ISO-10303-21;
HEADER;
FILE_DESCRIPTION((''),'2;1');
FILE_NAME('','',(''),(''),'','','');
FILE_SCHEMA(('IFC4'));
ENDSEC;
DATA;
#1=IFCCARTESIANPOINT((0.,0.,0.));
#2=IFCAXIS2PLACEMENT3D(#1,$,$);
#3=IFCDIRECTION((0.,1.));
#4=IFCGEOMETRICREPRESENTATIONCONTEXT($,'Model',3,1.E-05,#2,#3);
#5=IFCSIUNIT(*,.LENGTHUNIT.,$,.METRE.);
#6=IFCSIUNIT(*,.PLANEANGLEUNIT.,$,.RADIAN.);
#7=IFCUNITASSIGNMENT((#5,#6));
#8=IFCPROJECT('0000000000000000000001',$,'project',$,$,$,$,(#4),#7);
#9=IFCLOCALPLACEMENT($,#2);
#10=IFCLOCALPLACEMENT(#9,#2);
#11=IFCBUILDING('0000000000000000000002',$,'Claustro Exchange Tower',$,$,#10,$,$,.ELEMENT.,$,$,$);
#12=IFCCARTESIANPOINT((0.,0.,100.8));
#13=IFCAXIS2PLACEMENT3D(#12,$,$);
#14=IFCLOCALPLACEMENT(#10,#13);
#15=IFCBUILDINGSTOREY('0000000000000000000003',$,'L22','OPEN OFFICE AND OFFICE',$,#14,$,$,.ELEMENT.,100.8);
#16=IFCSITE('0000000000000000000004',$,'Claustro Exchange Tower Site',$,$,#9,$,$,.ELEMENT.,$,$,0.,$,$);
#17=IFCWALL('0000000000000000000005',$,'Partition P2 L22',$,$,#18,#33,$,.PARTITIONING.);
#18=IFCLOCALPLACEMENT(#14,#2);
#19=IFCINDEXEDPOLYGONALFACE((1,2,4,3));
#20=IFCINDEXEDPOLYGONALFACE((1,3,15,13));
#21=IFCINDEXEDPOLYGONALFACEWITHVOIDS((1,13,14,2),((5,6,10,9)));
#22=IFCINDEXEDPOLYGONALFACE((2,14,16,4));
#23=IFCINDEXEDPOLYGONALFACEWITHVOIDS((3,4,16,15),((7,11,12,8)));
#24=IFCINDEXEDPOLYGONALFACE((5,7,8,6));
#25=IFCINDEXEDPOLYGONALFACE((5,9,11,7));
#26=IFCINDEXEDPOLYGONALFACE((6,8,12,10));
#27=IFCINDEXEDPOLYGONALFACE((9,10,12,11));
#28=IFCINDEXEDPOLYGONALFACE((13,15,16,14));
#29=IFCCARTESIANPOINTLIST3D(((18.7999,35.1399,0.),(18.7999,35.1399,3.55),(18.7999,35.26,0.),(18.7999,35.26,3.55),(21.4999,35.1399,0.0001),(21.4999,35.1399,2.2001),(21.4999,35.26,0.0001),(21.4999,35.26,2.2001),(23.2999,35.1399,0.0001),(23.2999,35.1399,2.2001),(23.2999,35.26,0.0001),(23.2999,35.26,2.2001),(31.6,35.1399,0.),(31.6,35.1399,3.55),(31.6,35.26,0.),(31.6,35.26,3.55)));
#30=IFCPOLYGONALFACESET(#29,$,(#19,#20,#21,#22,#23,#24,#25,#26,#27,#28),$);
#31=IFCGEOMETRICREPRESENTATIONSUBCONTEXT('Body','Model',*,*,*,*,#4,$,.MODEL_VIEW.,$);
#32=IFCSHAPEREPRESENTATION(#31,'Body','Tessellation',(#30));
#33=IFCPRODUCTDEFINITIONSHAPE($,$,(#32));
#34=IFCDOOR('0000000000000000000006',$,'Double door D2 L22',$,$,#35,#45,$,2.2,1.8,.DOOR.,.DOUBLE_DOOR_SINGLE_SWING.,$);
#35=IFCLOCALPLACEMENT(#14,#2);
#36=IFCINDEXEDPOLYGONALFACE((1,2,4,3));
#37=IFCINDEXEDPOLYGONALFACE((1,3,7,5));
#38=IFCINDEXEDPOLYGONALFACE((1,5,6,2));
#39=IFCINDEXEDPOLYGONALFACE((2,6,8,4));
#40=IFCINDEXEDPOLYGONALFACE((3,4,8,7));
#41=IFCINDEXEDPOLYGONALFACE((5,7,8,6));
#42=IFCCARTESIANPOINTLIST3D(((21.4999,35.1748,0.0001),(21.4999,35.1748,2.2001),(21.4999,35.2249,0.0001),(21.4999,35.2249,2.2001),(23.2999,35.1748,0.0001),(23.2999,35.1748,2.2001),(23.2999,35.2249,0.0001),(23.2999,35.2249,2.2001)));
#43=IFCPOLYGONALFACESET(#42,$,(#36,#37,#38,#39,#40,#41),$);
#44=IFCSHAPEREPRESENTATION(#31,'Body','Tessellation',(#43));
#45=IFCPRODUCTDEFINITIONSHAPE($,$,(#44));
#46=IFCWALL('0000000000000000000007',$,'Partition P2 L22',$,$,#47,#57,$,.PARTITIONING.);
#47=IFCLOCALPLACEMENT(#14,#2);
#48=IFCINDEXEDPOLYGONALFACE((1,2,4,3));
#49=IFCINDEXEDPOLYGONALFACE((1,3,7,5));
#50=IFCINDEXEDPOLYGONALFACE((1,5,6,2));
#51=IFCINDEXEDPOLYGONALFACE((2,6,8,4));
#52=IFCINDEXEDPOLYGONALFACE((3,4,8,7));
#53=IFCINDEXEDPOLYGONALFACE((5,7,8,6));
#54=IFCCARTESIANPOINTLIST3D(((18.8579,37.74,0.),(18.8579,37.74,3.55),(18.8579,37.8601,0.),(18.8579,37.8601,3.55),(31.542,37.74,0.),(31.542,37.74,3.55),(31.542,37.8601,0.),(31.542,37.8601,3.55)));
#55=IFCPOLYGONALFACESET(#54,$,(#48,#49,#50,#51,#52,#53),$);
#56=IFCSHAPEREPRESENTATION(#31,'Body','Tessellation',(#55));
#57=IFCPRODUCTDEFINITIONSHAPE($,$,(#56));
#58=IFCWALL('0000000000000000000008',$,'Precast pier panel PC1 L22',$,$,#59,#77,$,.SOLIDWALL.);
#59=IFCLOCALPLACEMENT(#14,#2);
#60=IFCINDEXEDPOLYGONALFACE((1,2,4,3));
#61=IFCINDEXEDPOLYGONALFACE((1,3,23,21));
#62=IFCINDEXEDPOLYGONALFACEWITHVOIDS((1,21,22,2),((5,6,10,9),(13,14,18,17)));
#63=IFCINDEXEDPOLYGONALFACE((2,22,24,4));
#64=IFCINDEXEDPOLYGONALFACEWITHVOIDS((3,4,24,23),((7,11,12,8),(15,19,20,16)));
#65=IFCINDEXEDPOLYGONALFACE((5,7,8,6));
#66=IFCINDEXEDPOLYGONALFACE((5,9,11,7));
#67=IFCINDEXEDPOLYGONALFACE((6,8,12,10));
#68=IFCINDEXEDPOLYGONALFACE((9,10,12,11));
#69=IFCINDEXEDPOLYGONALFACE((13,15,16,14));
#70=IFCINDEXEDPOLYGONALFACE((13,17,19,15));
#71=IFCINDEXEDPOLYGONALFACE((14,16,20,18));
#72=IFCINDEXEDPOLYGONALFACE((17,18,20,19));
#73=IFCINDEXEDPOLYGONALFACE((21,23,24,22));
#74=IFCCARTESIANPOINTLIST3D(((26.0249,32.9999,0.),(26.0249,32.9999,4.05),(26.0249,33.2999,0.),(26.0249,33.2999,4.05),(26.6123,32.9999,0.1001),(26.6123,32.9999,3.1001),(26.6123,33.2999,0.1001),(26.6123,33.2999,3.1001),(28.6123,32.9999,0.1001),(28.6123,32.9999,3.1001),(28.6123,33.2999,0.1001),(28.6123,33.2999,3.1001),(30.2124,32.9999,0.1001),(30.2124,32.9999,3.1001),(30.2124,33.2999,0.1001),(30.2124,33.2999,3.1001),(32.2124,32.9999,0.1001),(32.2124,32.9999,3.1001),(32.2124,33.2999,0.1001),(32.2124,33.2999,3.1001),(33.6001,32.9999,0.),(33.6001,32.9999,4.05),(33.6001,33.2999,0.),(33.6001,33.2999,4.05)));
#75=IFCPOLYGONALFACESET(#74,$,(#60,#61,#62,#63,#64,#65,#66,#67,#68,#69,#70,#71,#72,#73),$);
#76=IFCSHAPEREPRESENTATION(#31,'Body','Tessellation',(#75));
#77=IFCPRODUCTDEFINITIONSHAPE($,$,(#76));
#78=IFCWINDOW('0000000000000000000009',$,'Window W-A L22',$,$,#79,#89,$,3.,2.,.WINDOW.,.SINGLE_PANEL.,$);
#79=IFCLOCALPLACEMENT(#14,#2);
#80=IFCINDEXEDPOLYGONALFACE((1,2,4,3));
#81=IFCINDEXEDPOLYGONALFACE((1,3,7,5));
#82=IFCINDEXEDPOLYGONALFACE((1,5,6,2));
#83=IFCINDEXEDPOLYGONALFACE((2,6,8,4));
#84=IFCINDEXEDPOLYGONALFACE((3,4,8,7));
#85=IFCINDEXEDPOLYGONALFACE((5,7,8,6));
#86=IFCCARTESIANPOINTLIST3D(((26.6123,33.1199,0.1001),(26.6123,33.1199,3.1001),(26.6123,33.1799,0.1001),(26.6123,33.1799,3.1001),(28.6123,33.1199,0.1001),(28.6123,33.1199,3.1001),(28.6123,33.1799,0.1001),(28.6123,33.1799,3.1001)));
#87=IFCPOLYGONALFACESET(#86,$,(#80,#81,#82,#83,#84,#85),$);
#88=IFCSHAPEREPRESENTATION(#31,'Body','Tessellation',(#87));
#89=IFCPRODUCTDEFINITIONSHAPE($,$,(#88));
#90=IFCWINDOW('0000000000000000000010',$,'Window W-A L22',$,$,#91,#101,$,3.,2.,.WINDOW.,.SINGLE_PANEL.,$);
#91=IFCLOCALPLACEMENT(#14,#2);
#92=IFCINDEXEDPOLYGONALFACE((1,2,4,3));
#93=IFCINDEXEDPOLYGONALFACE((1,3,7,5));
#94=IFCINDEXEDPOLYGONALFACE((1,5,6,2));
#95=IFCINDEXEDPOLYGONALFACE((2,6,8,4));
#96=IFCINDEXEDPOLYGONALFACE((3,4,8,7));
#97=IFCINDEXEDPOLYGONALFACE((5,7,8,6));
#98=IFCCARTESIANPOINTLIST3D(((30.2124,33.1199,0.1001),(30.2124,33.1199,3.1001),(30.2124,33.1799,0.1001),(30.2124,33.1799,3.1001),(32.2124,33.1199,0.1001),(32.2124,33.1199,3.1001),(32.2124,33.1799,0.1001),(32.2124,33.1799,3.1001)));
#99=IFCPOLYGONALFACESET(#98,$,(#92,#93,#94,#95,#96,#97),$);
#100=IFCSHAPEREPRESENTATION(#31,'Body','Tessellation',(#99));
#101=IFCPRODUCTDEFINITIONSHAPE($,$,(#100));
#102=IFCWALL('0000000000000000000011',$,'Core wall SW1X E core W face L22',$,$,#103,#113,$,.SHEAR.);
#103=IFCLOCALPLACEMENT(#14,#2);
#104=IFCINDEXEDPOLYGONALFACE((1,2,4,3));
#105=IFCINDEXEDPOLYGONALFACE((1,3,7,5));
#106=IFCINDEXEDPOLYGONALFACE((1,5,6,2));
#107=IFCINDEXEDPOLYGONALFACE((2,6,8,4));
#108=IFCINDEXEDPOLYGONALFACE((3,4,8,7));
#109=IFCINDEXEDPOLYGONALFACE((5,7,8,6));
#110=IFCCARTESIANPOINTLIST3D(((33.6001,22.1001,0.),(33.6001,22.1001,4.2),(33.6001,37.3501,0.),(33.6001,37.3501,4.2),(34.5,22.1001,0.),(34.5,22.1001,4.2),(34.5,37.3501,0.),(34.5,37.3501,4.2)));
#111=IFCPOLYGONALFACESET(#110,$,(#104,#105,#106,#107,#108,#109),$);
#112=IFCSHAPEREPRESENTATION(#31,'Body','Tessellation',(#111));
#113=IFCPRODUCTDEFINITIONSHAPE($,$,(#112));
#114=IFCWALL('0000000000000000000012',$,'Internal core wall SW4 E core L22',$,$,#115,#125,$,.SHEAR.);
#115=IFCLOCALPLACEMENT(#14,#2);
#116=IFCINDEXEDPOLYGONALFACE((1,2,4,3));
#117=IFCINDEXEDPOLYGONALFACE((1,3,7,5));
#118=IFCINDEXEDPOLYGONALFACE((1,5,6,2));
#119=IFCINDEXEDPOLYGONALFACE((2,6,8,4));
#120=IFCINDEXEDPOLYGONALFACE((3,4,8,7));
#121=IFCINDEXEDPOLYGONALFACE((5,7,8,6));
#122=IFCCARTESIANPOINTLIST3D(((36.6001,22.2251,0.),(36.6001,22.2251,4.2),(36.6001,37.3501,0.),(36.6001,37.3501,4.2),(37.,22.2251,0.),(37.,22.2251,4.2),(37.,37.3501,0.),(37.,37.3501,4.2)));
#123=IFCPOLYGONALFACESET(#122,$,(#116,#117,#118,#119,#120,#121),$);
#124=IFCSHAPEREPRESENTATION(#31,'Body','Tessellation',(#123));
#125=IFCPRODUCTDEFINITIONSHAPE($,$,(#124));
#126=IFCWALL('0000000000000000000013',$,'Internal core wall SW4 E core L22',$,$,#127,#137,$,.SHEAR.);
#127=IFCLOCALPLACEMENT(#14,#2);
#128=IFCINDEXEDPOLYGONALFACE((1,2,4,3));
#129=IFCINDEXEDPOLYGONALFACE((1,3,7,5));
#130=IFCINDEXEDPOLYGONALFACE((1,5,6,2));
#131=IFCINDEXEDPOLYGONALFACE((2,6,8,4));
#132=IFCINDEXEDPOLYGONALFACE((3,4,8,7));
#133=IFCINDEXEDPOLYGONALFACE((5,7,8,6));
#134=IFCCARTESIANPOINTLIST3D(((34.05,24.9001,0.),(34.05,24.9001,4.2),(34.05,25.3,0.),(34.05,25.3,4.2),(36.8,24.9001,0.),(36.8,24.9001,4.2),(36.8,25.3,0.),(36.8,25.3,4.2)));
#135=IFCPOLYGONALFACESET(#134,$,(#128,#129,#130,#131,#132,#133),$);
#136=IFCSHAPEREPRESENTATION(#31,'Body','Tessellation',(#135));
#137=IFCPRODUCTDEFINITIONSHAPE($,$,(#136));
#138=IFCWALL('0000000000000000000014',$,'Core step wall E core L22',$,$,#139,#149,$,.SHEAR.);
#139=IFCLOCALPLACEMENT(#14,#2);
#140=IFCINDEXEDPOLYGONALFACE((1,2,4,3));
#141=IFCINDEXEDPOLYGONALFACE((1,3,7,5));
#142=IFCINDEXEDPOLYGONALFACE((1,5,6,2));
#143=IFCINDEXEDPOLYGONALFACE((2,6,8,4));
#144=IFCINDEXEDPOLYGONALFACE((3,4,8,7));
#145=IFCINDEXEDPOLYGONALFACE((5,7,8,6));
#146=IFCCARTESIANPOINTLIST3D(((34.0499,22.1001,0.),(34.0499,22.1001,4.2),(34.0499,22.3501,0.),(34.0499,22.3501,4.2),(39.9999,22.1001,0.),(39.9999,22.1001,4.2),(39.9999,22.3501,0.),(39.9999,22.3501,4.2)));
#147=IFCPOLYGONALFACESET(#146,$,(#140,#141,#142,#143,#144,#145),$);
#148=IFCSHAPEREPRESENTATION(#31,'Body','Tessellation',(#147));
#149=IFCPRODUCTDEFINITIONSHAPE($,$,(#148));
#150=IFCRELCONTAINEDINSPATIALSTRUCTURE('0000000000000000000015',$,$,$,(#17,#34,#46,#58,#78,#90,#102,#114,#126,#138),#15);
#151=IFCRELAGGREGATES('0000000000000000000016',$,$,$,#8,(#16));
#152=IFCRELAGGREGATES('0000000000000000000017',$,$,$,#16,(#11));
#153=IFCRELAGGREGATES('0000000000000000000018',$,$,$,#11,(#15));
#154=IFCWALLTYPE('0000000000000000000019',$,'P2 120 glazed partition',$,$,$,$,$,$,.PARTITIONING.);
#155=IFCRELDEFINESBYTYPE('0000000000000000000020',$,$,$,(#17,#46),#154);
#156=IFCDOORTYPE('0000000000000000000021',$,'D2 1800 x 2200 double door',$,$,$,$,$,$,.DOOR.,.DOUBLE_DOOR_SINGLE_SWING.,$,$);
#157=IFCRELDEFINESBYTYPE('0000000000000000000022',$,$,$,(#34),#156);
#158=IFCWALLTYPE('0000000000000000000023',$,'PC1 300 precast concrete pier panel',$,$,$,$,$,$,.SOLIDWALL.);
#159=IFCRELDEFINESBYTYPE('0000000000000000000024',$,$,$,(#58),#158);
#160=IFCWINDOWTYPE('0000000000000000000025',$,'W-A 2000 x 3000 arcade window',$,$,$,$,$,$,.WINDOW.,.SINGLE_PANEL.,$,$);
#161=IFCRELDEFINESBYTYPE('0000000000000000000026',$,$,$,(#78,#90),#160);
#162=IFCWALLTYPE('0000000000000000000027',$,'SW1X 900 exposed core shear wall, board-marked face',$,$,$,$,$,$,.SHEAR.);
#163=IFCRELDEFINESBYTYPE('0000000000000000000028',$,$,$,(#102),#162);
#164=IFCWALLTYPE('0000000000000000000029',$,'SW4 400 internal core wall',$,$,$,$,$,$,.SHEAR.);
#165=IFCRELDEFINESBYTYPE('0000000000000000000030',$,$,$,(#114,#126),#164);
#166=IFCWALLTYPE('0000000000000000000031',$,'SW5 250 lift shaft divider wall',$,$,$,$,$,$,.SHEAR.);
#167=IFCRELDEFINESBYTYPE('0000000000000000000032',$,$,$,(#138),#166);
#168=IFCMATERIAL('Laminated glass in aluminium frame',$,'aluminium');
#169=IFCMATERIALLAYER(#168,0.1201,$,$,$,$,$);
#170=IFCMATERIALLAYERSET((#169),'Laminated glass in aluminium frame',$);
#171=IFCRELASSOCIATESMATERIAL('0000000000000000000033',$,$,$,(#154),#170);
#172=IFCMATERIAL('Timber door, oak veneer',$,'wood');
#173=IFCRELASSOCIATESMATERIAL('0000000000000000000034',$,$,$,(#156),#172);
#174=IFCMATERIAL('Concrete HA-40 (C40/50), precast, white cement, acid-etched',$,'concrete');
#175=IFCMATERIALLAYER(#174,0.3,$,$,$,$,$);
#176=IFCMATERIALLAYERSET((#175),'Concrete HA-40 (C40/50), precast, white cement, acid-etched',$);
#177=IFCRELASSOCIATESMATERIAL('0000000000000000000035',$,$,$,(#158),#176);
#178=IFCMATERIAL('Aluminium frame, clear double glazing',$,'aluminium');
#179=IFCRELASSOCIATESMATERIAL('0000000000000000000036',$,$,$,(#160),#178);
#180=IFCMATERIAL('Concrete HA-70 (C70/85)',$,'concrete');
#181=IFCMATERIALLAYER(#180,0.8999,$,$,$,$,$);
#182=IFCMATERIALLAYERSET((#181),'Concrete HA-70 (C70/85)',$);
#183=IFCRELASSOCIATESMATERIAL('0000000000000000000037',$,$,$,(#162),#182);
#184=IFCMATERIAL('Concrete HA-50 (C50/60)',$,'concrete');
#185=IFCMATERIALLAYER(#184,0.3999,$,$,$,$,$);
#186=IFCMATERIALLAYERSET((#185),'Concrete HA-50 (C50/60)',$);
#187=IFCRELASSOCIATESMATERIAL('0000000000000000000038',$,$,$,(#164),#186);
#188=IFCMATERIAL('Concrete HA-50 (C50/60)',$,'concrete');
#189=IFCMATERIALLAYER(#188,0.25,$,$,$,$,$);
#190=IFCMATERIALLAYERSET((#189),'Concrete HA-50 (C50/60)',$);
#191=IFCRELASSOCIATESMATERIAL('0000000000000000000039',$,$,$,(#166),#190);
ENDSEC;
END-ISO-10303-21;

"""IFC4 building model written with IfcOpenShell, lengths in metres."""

from ifc_helpers import new_model, si_unit, direction, frame, frame_2d, origin, place, context, subcontext, project, spatial, rectangle, extrude, material, layer, layer_set, type_object, element, fill, save


model = new_model("IFC4")

# Units and contexts
model_context = context("Model", 3, precision=1e-05, world=origin(), true_north=direction((0.0, 1.0)))
body_context = subcontext(model_context, "Body", "Model", "MODEL_VIEW")
ifc_project = project(units=[si_unit("LENGTHUNIT", "METRE"), si_unit("PLANEANGLEUNIT", "RADIAN")], contexts=[model_context])

# Site, building, storey
site_placement = place(None, origin())
site = spatial("IfcSite", under=ifc_project, at=site_placement, Name="Claustro Exchange Tower Site", CompositionType="ELEMENT", RefElevation=0.0)
building_placement = place(site_placement, origin())
building = spatial("IfcBuilding", under=site, at=building_placement, Name="Claustro Exchange Tower", CompositionType="ELEMENT")
storey_placement = place(building_placement, frame((0.0, 0.0, 100.8)))
storey = spatial("IfcBuildingStorey", under=building, at=storey_placement, Name="L22", Description="OPEN OFFICE AND OFFICE", CompositionType="ELEMENT", Elevation=100.8)

# Shared definitions
ifc_material_1 = material(Name="Laminated glass in aluminium frame", Category="aluminium")
ifc_layer_1 = layer(ifc_material_1, 0.1201)
ifc_layer_set_1 = layer_set([ifc_layer_1], Name="Laminated glass in aluminium frame")
wall_type_1 = type_object("IfcWallType", Name="P2 120 glazed partition", PredefinedType="PARTITIONING", material=ifc_layer_set_1)
ifc_material_2 = material(Name="Timber door, oak veneer", Category="wood")
door_type_1 = type_object("IfcDoorType", Name="D2 1800 x 2200 double door", OperationType="DOUBLE_DOOR_SINGLE_SWING", PredefinedType="DOOR", material=ifc_material_2)

# Wall, opening, door
wall_1_placement = place(storey_placement, frame((18.8, 35.2, 0.0), z_axis=(0.0, 0.0, 1.0), x_axis=(1.0, 0.0, 0.0)))
wall_1 = element("IfcWall", 1, at=wall_1_placement, inside=storey, type_object=wall_type_1, Name="Partition P2 L22", PredefinedType="PARTITIONING", context=body_context, shape_type="SweptSolid", body=[
    extrude(rectangle(XDim=12.8, YDim=0.1201, at=frame_2d((6.3999, 0.0))), origin(), (0.0, 0.0, 1.0), 3.55),
])
opening_1_placement = place(wall_1_placement, frame((2.7, 0.0, 0.0)))
opening_1 = element("IfcOpeningElement", 2, at=opening_1_placement, cuts=wall_1, PredefinedType="OPENING", context=body_context, shape_type="SweptSolid", body=[
    extrude(rectangle(XDim=1.8, YDim=2.2, at=frame_2d((0.8999, 1.1001))), frame((0.0, 0.0701, 0.0), z_axis=(0.0, -1.0, 0.0), x_axis=(1.0, 0.0, 0.0)), (0.0, 0.0, 1.0), 0.1401),
])
door_1_placement = place(opening_1_placement, origin())
door_1 = element("IfcDoor", 3, at=door_1_placement, inside=storey, type_object=door_type_1, Name="Double door D2 L22", OperationType="DOUBLE_DOOR_SINGLE_SWING", OverallHeight=2.2, OverallWidth=1.8, PredefinedType="DOOR", context=body_context, shape_type="SweptSolid", body=[
    extrude(rectangle(XDim=1.8, YDim=2.2, at=frame_2d((0.8999, 1.1001))), frame((0.0, 0.0249, 0.0), z_axis=(0.0, -1.0, 0.0), x_axis=(1.0, 0.0, 0.0)), (0.0, 0.0, 1.0), 0.05),
])
fill(opening_1, door_1)

# Wall
wall_2_placement = place(storey_placement, frame((18.8579, 37.8, 0.0), z_axis=(0.0, 0.0, 1.0), x_axis=(1.0, 0.0, 0.0)))
element("IfcWall", 4, at=wall_2_placement, inside=storey, type_object=wall_type_1, Name="Partition P2 L22", PredefinedType="PARTITIONING", context=body_context, shape_type="SweptSolid", body=[
    extrude(rectangle(XDim=12.6841, YDim=0.1201, at=frame_2d((6.342, 0.0))), origin(), (0.0, 0.0, 1.0), 3.55),
])

# Wall, openings, windows
ifc_material_3 = material(Name="Concrete HA-40 (C40/50), precast, white cement, acid-etched", Category="concrete")
ifc_layer_2 = layer(ifc_material_3, 0.3)
ifc_layer_set_2 = layer_set([ifc_layer_2], Name="Concrete HA-40 (C40/50), precast, white cement, acid-etched")
wall_type_2 = type_object("IfcWallType", Name="PC1 300 precast concrete pier panel", PredefinedType="SOLIDWALL", material=ifc_layer_set_2)
wall_3_placement = place(storey_placement, frame((26.0249, 33.1499, 0.0), z_axis=(0.0, 0.0, 1.0), x_axis=(1.0, 0.0, 0.0)))
wall_3 = element("IfcWall", 5, at=wall_3_placement, inside=storey, type_object=wall_type_2, Name="Precast pier panel PC1 L22", PredefinedType="SOLIDWALL", context=body_context, shape_type="SweptSolid", body=[
    extrude(rectangle(XDim=7.5752, YDim=0.3, at=frame_2d((3.7876, 0.0))), origin(), (0.0, 0.0, 1.0), 4.05),
])
opening_2_placement = place(wall_3_placement, frame((0.5874, 0.0, 0.1001)))
opening_2 = element("IfcOpeningElement", 6, at=opening_2_placement, cuts=wall_3, PredefinedType="OPENING", context=body_context, shape_type="SweptSolid", body=[
    extrude(rectangle(XDim=2.0, YDim=3.0, at=frame_2d((1.0, 1.5))), frame((0.0, 0.1599, 0.0), z_axis=(0.0, -1.0, 0.0), x_axis=(1.0, 0.0, 0.0)), (0.0, 0.0, 1.0), 0.3201),
])
opening_3_placement = place(wall_3_placement, frame((4.1875, 0.0, 0.1001)))
opening_3 = element("IfcOpeningElement", 7, at=opening_3_placement, cuts=wall_3, PredefinedType="OPENING", context=body_context, shape_type="SweptSolid", body=[
    extrude(rectangle(XDim=2.0, YDim=3.0, at=frame_2d((1.0, 1.5))), frame((0.0, 0.1599, 0.0), z_axis=(0.0, -1.0, 0.0), x_axis=(1.0, 0.0, 0.0)), (0.0, 0.0, 1.0), 0.3201),
])
ifc_material_4 = material(Name="Aluminium frame, clear double glazing", Category="aluminium")
window_type = type_object("IfcWindowType", Name="W-A 2000 x 3000 arcade window", PartitioningType="SINGLE_PANEL", PredefinedType="WINDOW", material=ifc_material_4)
window_1_placement = place(opening_2_placement, origin())
window_1 = element("IfcWindow", 8, at=window_1_placement, inside=storey, type_object=window_type, Name="Window W-A L22", OverallHeight=3.0, OverallWidth=2.0, PartitioningType="SINGLE_PANEL", PredefinedType="WINDOW", context=body_context, shape_type="SweptSolid", body=[
    extrude(rectangle(XDim=2.0, YDim=3.0, at=frame_2d((1.0, 1.5))), frame((0.0, 0.03, 0.0), z_axis=(0.0, -1.0, 0.0), x_axis=(1.0, 0.0, 0.0)), (0.0, 0.0, 1.0), 0.0601),
])
fill(opening_2, window_1)
window_2_placement = place(opening_3_placement, origin())
window_2 = element("IfcWindow", 9, at=window_2_placement, inside=storey, type_object=window_type, Name="Window W-A L22", OverallHeight=3.0, OverallWidth=2.0, PartitioningType="SINGLE_PANEL", PredefinedType="WINDOW", context=body_context, shape_type="SweptSolid", body=[
    extrude(rectangle(XDim=2.0, YDim=3.0, at=frame_2d((1.0, 1.5))), frame((0.0, 0.03, 0.0), z_axis=(0.0, -1.0, 0.0), x_axis=(1.0, 0.0, 0.0)), (0.0, 0.0, 1.0), 0.0601),
])
fill(opening_3, window_2)

# Walls
ifc_material_5 = material(Name="Concrete HA-70 (C70/85)", Category="concrete")
ifc_layer_3 = layer(ifc_material_5, 0.8999)
ifc_layer_set_3 = layer_set([ifc_layer_3], Name="Concrete HA-70 (C70/85)")
wall_type_3 = type_object("IfcWallType", Name="SW1X 900 exposed core shear wall, board-marked face", PredefinedType="SHEAR", material=ifc_layer_set_3)
wall_4_placement = place(storey_placement, frame((34.05, 22.1001, 0.0), z_axis=(0.0, 0.0, 1.0), x_axis=(0.0, 1.0, 0.0)))
element("IfcWall", 10, at=wall_4_placement, inside=storey, type_object=wall_type_3, Name="Core wall SW1X E core W face L22", PredefinedType="SHEAR", context=body_context, shape_type="SweptSolid", body=[
    extrude(rectangle(XDim=15.25, YDim=0.8999, at=frame_2d((7.625, 0.0))), origin(), (0.0, 0.0, 1.0), 4.2),
])
ifc_material_6 = material(Name="Concrete HA-50 (C50/60)", Category="concrete")
ifc_layer_4 = layer(ifc_material_6, 0.3999)
ifc_layer_set_4 = layer_set([ifc_layer_4], Name="Concrete HA-50 (C50/60)")
wall_type_4 = type_object("IfcWallType", Name="SW4 400 internal core wall", PredefinedType="SHEAR", material=ifc_layer_set_4)
wall_5_placement = place(storey_placement, frame((36.8, 22.2251, 0.0), z_axis=(0.0, 0.0, 1.0), x_axis=(0.0, 1.0, 0.0)))
element("IfcWall", 11, at=wall_5_placement, inside=storey, type_object=wall_type_4, Name="Internal core wall SW4 E core L22", PredefinedType="SHEAR", context=body_context, shape_type="SweptSolid", body=[
    extrude(rectangle(XDim=15.125, YDim=0.3999, at=frame_2d((7.5625, 0.0))), origin(), (0.0, 0.0, 1.0), 4.2),
])
wall_6_placement = place(storey_placement, frame((36.8, 25.1001, 0.0), z_axis=(0.0, 0.0, 1.0), x_axis=(-1.0, 0.0, 0.0)))
element("IfcWall", 12, at=wall_6_placement, inside=storey, type_object=wall_type_4, Name="Internal core wall SW4 E core L22", PredefinedType="SHEAR", context=body_context, shape_type="SweptSolid", body=[
    extrude(rectangle(XDim=2.75, YDim=0.3999, at=frame_2d((1.375, 0.0))), origin(), (0.0, 0.0, 1.0), 4.2),
])
ifc_material_7 = material(Name="Concrete HA-50 (C50/60)", Category="concrete")
ifc_layer_5 = layer(ifc_material_7, 0.25)
ifc_layer_set_5 = layer_set([ifc_layer_5], Name="Concrete HA-50 (C50/60)")
wall_type_5 = type_object("IfcWallType", Name="SW5 250 lift shaft divider wall", PredefinedType="SHEAR", material=ifc_layer_set_5)
wall_7_placement = place(storey_placement, frame((40.0, 22.2251, 0.0), z_axis=(0.0, 0.0, 1.0), x_axis=(-1.0, 0.0, 0.0)))
element("IfcWall", 13, at=wall_7_placement, inside=storey, type_object=wall_type_5, Name="Core step wall E core L22", PredefinedType="SHEAR", context=body_context, shape_type="SweptSolid", body=[
    extrude(rectangle(XDim=5.95, YDim=0.25, at=frame_2d((2.9751, 0.0))), origin(), (0.0, 0.0, 1.0), 4.2),
])

save(model, "model.ifc")
